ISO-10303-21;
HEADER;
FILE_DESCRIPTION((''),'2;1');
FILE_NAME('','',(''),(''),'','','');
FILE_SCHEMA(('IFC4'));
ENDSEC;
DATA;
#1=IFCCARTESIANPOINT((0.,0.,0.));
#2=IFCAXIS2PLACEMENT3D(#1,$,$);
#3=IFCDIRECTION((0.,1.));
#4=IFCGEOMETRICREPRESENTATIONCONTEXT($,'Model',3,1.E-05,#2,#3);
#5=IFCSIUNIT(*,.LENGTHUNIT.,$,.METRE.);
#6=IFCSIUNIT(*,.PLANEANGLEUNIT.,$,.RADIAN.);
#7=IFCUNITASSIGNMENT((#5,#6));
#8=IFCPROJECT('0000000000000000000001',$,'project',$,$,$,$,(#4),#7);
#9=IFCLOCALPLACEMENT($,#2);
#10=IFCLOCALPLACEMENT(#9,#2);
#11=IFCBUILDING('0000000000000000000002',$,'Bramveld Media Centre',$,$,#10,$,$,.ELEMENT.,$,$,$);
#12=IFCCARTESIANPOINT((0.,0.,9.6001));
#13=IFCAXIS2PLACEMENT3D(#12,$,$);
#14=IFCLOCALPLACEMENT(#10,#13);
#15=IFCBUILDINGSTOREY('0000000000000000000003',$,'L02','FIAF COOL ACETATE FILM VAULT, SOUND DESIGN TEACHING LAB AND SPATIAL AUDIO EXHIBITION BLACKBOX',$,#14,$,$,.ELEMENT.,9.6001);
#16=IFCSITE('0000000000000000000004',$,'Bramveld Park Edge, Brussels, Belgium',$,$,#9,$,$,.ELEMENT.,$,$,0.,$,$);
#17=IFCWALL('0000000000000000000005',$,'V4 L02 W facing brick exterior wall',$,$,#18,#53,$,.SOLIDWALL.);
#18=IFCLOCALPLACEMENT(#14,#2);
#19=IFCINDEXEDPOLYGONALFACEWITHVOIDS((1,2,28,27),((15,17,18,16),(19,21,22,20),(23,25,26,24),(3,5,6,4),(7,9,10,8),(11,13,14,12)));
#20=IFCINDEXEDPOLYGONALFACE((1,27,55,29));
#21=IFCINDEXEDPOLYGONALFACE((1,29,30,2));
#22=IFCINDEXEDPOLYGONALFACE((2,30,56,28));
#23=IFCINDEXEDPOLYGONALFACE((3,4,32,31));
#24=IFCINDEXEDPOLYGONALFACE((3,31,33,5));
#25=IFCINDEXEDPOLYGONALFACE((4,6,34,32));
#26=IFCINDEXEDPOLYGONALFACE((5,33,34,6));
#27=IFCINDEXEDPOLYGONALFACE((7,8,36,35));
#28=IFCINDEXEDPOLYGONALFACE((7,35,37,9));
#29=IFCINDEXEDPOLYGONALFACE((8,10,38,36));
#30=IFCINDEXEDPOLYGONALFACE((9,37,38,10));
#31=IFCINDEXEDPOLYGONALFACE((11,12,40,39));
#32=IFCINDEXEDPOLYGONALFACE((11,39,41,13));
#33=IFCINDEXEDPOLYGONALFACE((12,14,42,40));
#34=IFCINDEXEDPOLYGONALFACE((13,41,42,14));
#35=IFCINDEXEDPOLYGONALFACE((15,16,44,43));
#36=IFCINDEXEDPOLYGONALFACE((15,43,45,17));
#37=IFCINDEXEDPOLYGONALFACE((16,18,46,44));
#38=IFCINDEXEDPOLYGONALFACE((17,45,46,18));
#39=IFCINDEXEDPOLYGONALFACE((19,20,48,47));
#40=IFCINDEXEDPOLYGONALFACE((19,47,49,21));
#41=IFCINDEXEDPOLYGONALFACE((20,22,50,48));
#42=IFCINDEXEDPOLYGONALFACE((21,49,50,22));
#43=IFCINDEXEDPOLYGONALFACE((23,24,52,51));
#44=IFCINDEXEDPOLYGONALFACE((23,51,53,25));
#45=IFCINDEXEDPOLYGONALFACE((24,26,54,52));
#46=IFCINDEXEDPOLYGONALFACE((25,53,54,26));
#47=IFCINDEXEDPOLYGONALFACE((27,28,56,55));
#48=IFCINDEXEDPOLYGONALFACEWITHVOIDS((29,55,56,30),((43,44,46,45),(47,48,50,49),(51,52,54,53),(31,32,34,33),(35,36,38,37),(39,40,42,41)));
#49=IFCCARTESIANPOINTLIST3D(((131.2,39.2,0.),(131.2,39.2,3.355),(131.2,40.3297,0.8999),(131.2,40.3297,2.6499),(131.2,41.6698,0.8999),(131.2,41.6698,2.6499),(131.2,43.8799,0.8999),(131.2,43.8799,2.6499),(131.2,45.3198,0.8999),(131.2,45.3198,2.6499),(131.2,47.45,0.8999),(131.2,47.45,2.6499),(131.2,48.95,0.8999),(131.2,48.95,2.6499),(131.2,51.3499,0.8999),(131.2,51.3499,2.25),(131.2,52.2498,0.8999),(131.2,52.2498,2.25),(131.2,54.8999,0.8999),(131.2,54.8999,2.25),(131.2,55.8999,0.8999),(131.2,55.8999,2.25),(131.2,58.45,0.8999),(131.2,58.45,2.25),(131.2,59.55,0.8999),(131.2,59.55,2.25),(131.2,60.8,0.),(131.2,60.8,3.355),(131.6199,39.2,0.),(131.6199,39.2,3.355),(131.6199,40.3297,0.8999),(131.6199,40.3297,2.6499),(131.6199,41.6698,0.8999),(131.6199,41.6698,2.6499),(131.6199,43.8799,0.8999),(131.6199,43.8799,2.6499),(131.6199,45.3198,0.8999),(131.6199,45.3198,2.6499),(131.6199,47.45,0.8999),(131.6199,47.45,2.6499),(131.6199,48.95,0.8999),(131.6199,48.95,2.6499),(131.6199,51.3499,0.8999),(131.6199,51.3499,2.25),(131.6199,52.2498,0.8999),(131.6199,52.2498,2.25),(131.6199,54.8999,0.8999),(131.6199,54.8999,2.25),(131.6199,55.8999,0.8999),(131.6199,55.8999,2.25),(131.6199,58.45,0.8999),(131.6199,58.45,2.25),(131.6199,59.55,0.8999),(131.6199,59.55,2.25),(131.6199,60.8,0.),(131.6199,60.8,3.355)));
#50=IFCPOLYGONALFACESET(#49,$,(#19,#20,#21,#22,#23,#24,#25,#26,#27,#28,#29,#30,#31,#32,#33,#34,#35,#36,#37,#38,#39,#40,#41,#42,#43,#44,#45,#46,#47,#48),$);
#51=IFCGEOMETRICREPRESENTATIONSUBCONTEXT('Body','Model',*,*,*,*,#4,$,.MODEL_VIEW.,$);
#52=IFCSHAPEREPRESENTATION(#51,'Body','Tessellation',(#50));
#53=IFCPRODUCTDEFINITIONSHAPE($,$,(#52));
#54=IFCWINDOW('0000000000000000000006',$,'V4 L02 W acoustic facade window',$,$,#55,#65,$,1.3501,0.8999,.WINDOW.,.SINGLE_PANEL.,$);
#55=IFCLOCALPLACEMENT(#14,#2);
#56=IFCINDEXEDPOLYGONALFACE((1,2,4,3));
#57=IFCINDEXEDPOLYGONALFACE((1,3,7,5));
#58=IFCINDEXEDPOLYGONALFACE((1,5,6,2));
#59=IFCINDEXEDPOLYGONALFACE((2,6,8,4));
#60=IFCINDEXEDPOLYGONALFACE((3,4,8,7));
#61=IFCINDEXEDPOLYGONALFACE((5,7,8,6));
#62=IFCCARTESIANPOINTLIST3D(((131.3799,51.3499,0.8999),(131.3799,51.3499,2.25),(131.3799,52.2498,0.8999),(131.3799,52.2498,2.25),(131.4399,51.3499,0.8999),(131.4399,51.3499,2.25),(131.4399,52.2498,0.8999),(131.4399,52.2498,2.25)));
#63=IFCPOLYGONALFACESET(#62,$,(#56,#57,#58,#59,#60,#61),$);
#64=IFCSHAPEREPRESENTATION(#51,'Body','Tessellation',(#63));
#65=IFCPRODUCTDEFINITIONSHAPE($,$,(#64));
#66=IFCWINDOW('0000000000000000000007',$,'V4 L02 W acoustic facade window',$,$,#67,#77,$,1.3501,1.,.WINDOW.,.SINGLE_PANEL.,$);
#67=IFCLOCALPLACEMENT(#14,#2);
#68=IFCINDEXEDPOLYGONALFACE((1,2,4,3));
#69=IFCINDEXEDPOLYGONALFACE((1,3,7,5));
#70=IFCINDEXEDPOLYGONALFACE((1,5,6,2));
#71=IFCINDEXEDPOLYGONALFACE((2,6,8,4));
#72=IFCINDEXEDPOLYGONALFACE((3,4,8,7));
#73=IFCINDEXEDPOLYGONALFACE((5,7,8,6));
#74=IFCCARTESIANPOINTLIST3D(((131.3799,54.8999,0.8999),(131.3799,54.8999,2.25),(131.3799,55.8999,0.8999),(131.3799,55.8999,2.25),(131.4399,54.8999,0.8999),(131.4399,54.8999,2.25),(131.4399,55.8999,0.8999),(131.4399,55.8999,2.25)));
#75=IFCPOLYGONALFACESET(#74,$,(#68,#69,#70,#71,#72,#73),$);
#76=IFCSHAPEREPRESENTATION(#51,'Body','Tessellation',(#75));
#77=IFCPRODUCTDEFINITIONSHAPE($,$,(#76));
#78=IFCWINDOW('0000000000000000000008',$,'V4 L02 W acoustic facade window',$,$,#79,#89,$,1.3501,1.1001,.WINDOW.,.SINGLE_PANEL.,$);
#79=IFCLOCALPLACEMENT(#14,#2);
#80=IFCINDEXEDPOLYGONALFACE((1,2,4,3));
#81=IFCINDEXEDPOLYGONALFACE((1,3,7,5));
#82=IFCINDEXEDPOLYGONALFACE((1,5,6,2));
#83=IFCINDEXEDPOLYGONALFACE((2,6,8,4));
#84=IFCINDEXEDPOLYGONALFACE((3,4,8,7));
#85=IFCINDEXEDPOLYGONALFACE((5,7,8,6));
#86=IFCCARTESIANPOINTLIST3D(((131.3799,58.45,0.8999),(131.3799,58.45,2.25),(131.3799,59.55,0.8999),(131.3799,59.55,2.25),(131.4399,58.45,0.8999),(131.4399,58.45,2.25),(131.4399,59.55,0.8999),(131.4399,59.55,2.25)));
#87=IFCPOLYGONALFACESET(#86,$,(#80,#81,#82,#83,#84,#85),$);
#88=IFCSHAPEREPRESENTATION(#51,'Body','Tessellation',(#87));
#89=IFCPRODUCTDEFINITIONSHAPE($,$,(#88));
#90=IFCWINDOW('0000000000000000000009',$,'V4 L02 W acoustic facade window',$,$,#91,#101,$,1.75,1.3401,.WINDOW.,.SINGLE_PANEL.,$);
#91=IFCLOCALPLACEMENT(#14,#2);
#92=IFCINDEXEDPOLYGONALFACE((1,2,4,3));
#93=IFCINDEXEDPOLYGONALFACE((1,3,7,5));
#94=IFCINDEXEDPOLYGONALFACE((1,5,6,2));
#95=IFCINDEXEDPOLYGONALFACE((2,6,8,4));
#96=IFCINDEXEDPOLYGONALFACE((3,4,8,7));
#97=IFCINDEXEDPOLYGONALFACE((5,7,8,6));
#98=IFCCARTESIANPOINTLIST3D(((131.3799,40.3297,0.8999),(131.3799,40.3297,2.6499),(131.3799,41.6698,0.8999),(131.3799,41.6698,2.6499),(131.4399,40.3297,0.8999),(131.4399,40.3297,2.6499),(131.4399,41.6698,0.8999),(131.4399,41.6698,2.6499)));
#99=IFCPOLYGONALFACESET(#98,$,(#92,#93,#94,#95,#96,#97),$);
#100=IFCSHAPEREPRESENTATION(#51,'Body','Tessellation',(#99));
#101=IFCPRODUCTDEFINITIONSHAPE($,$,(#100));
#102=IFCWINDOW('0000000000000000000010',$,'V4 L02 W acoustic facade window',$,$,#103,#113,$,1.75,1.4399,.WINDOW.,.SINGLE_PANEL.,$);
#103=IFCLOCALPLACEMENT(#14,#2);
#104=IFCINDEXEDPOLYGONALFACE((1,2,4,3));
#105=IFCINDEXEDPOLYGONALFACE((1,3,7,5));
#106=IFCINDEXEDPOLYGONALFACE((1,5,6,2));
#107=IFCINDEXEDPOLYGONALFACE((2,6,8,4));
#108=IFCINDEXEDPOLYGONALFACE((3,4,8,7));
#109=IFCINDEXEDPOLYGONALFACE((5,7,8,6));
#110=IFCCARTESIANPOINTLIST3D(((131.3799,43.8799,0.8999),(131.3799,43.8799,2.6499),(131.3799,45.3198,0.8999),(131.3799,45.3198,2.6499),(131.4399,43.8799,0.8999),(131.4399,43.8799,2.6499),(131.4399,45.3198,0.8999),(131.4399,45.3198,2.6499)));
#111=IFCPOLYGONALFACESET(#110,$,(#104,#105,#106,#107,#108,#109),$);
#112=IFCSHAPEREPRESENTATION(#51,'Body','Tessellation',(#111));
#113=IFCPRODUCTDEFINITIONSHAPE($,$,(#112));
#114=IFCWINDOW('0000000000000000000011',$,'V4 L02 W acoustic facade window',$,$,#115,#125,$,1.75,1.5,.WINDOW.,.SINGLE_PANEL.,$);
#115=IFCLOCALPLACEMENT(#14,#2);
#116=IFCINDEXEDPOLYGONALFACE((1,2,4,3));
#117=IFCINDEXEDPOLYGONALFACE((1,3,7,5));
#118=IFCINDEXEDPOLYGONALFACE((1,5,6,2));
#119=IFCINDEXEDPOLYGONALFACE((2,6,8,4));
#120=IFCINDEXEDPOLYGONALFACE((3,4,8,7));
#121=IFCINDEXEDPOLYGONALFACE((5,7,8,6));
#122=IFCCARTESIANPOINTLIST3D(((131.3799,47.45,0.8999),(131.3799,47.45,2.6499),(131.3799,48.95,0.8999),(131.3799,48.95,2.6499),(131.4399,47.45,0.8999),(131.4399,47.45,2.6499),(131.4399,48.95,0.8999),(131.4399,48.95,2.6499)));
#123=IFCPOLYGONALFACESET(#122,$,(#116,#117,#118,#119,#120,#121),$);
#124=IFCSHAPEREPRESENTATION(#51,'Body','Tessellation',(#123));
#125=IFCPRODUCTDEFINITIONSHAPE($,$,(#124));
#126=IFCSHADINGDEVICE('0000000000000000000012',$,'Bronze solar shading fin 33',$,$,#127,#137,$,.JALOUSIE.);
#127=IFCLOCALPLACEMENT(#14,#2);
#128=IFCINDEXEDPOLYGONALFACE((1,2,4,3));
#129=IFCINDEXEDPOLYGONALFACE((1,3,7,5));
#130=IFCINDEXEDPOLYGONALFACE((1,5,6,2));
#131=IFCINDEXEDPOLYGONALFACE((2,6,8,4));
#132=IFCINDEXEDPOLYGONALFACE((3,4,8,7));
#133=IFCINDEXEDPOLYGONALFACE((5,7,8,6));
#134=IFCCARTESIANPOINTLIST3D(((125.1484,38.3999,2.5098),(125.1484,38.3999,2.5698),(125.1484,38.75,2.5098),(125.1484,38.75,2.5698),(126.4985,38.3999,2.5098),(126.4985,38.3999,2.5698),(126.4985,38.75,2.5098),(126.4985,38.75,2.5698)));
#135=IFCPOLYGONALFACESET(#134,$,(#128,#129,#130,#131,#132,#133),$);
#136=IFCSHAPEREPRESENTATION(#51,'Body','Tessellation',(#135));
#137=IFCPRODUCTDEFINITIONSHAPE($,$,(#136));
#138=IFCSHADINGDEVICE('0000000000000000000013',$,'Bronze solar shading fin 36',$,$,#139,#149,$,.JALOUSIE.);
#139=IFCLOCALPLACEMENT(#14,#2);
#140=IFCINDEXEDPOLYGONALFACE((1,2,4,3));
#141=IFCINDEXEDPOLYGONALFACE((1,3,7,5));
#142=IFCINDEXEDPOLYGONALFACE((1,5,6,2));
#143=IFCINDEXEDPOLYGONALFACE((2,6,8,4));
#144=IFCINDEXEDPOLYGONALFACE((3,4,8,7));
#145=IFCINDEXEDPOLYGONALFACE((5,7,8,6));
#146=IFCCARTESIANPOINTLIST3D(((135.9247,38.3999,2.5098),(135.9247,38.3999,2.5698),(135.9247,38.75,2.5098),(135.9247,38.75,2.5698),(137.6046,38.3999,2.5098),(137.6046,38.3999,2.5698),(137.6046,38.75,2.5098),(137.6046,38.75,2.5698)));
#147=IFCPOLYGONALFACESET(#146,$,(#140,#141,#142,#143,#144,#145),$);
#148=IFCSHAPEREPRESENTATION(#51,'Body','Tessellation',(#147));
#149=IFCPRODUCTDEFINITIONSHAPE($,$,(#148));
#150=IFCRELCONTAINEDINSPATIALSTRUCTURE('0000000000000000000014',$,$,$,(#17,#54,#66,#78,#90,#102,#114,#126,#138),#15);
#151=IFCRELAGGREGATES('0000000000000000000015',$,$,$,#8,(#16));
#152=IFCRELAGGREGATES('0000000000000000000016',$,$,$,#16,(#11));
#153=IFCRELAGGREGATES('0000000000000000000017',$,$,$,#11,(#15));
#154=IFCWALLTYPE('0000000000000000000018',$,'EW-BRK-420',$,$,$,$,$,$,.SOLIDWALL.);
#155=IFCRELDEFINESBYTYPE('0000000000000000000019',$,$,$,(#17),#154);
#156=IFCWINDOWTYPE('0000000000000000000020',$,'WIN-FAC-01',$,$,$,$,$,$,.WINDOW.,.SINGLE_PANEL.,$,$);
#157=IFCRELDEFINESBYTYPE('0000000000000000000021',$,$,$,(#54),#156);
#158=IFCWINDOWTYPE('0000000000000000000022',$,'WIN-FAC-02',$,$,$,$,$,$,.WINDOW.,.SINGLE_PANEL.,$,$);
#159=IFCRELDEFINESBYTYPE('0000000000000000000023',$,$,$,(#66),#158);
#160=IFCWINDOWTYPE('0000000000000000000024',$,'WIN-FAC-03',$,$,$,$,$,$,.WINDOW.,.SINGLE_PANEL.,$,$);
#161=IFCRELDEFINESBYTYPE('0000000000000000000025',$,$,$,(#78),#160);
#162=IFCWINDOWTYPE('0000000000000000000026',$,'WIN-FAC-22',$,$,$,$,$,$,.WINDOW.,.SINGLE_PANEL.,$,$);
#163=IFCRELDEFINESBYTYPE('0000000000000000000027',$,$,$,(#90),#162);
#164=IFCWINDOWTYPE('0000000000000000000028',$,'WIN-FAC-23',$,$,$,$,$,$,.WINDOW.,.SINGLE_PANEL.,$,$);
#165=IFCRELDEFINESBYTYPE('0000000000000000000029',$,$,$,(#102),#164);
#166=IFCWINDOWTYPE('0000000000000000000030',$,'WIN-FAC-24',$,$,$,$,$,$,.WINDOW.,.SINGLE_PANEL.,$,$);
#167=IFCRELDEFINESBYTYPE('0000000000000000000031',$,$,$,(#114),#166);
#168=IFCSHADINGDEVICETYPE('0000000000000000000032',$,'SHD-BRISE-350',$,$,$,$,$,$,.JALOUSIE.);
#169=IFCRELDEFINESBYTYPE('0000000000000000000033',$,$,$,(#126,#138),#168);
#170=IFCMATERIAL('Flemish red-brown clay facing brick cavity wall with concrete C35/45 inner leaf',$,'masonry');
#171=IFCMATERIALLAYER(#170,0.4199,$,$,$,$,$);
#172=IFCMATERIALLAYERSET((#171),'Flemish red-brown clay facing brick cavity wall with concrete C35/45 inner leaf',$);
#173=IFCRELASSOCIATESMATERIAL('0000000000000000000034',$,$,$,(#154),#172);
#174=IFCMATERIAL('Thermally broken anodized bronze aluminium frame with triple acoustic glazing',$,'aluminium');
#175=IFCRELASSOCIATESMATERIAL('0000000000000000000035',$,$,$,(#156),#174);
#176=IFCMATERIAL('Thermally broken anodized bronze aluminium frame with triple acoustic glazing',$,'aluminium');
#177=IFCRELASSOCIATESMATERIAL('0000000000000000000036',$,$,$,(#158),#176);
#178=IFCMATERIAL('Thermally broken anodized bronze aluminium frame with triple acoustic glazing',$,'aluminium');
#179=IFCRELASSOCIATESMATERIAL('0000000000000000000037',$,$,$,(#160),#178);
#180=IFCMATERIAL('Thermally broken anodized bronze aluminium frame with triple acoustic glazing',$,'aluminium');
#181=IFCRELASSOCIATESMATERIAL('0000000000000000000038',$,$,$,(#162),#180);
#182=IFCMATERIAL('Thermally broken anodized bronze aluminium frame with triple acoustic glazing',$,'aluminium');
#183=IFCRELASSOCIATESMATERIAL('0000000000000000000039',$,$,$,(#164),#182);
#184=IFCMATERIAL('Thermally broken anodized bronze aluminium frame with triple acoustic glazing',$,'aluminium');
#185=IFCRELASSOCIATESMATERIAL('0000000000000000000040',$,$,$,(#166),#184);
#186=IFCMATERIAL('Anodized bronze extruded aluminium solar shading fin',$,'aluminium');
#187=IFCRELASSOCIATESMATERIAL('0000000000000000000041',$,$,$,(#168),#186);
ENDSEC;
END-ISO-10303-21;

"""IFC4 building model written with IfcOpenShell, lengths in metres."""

from ifc_helpers import new_model, si_unit, direction, frame, frame_2d, origin, origin_2d, place, context, subcontext, project, spatial, rectangle, extrude, material, layer, layer_set, type_object, element, fill, save


model = new_model("IFC4")

# Units and contexts
model_context = context("Model", 3, precision=1e-05, world=origin(), true_north=direction((0.0, 1.0)))
body_context = subcontext(model_context, "Body", "Model", "MODEL_VIEW")
ifc_project = project(units=[si_unit("LENGTHUNIT", "METRE"), si_unit("PLANEANGLEUNIT", "RADIAN")], contexts=[model_context])

# Site, building, storey
site_placement = place(None, origin())
site = spatial("IfcSite", under=ifc_project, at=site_placement, Name="Bramveld Park Edge, Brussels, Belgium", CompositionType="ELEMENT", RefElevation=0.0)
building_placement = place(site_placement, origin())
building = spatial("IfcBuilding", under=site, at=building_placement, Name="Bramveld Media Centre", CompositionType="ELEMENT")
storey_placement = place(building_placement, frame((0.0, 0.0, 9.6001)))
storey = spatial("IfcBuildingStorey", under=building, at=storey_placement, Name="L02", Description="FIAF COOL ACETATE FILM VAULT, SOUND DESIGN TEACHING LAB AND SPATIAL AUDIO EXHIBITION BLACKBOX", CompositionType="ELEMENT", Elevation=9.6001)

# Wall, openings, windows
ifc_material_1 = material(Name="Flemish red-brown clay facing brick cavity wall with concrete C35/45 inner leaf", Category="masonry")
ifc_layer_1 = layer(ifc_material_1, 0.4199)
ifc_layer_set_1 = layer_set([ifc_layer_1], Name="Flemish red-brown clay facing brick cavity wall with concrete C35/45 inner leaf")
wall_type_1 = type_object("IfcWallType", Name="EW-BRK-420", PredefinedType="SOLIDWALL", material=ifc_layer_set_1)
wall_1_placement = place(storey_placement, frame((131.4099, 39.2, 0.0), z_axis=(0.0, 0.0, 1.0), x_axis=(0.0, 1.0, 0.0)))
wall_1 = element("IfcWall", 1, at=wall_1_placement, inside=storey, type_object=wall_type_1, Name="V4 L02 W facing brick exterior wall", PredefinedType="SOLIDWALL", context=body_context, shape_type="SweptSolid", body=[
    extrude(rectangle(XDim=21.6001, YDim=0.4199, at=frame_2d((10.8, 0.0))), origin(), (0.0, 0.0, 1.0), 3.355),
])
opening_1_placement = place(wall_1_placement, frame((1.1299, 0.0, 0.8999)))
opening_1 = element("IfcOpeningElement", 2, at=opening_1_placement, cuts=wall_1, PredefinedType="OPENING", context=body_context, shape_type="SweptSolid", body=[
    extrude(rectangle(XDim=1.3401, YDim=1.75, at=frame_2d((0.6699, 0.875))), frame((0.0, 0.2219, 0.0), z_axis=(0.0, -1.0, 0.0), x_axis=(1.0, 0.0, 0.0)), (0.0, 0.0, 1.0), 0.4438),
])
opening_2_placement = place(wall_1_placement, frame((4.6799, 0.0, 0.8999)))
opening_2 = element("IfcOpeningElement", 3, at=opening_2_placement, cuts=wall_1, PredefinedType="OPENING", context=body_context, shape_type="SweptSolid", body=[
    extrude(rectangle(XDim=1.4399, YDim=1.75, at=frame_2d((0.72, 0.875))), frame((0.0, 0.2219, 0.0), z_axis=(0.0, -1.0, 0.0), x_axis=(1.0, 0.0, 0.0)), (0.0, 0.0, 1.0), 0.4438),
])
opening_3_placement = place(wall_1_placement, frame((8.25, 0.0, 0.8999)))
opening_3 = element("IfcOpeningElement", 4, at=opening_3_placement, cuts=wall_1, PredefinedType="OPENING", context=body_context, shape_type="SweptSolid", body=[
    extrude(rectangle(XDim=1.5, YDim=1.75, at=frame_2d((0.75, 0.875))), frame((0.0, 0.2219, 0.0), z_axis=(0.0, -1.0, 0.0), x_axis=(1.0, 0.0, 0.0)), (0.0, 0.0, 1.0), 0.4438),
])
opening_4_placement = place(wall_1_placement, frame((12.1499, 0.0, 0.8999)))
opening_4 = element("IfcOpeningElement", 5, at=opening_4_placement, cuts=wall_1, PredefinedType="OPENING", context=body_context, shape_type="SweptSolid", body=[
    extrude(rectangle(XDim=0.8999, YDim=1.3501, at=frame_2d((0.45, 0.675))), frame((0.0, 0.2219, 0.0), z_axis=(0.0, -1.0, 0.0), x_axis=(1.0, 0.0, 0.0)), (0.0, 0.0, 1.0), 0.4438),
])
opening_5_placement = place(wall_1_placement, frame((15.7, 0.0, 0.8999)))
opening_5 = element("IfcOpeningElement", 6, at=opening_5_placement, cuts=wall_1, PredefinedType="OPENING", context=body_context, shape_type="SweptSolid", body=[
    extrude(rectangle(XDim=1.0, YDim=1.3501, at=frame_2d((0.5, 0.675))), frame((0.0, 0.2219, 0.0), z_axis=(0.0, -1.0, 0.0), x_axis=(1.0, 0.0, 0.0)), (0.0, 0.0, 1.0), 0.4438),
])
opening_6_placement = place(wall_1_placement, frame((19.25, 0.0, 0.8999)))
opening_6 = element("IfcOpeningElement", 7, at=opening_6_placement, cuts=wall_1, PredefinedType="OPENING", context=body_context, shape_type="SweptSolid", body=[
    extrude(rectangle(XDim=1.1001, YDim=1.3501, at=frame_2d((0.55, 0.675))), frame((0.0, 0.2219, 0.0), z_axis=(0.0, -1.0, 0.0), x_axis=(1.0, 0.0, 0.0)), (0.0, 0.0, 1.0), 0.4438),
])
ifc_material_2 = material(Name="Thermally broken anodized bronze aluminium frame with triple acoustic glazing", Category="aluminium")
window_type_1 = type_object("IfcWindowType", Name="WIN-FAC-01", PartitioningType="SINGLE_PANEL", PredefinedType="WINDOW", material=ifc_material_2)
window_1_placement = place(opening_4_placement, origin())
window_1 = element("IfcWindow", 8, at=window_1_placement, inside=storey, type_object=window_type_1, Name="V4 L02 W acoustic facade window", OverallHeight=1.3501, OverallWidth=0.8999, PartitioningType="SINGLE_PANEL", PredefinedType="WINDOW", context=body_context, shape_type="SweptSolid", body=[
    extrude(rectangle(XDim=0.8999, YDim=1.3501, at=frame_2d((0.45, 0.675))), frame((0.0, 0.03, 0.0), z_axis=(0.0, -1.0, 0.0), x_axis=(1.0, 0.0, 0.0)), (0.0, 0.0, 1.0), 0.0601),
])
fill(opening_4, window_1)
ifc_material_3 = material(Name="Thermally broken anodized bronze aluminium frame with triple acoustic glazing", Category="aluminium")
window_type_2 = type_object("IfcWindowType", Name="WIN-FAC-02", PartitioningType="SINGLE_PANEL", PredefinedType="WINDOW", material=ifc_material_3)
window_2_placement = place(opening_5_placement, origin())
window_2 = element("IfcWindow", 9, at=window_2_placement, inside=storey, type_object=window_type_2, Name="V4 L02 W acoustic facade window", OverallHeight=1.3501, OverallWidth=1.0, PartitioningType="SINGLE_PANEL", PredefinedType="WINDOW", context=body_context, shape_type="SweptSolid", body=[
    extrude(rectangle(XDim=1.0, YDim=1.3501, at=frame_2d((0.5, 0.675))), frame((0.0, 0.03, 0.0), z_axis=(0.0, -1.0, 0.0), x_axis=(1.0, 0.0, 0.0)), (0.0, 0.0, 1.0), 0.0601),
])
fill(opening_5, window_2)
ifc_material_4 = material(Name="Thermally broken anodized bronze aluminium frame with triple acoustic glazing", Category="aluminium")
window_type_3 = type_object("IfcWindowType", Name="WIN-FAC-03", PartitioningType="SINGLE_PANEL", PredefinedType="WINDOW", material=ifc_material_4)
window_3_placement = place(opening_6_placement, origin())
window_3 = element("IfcWindow", 10, at=window_3_placement, inside=storey, type_object=window_type_3, Name="V4 L02 W acoustic facade window", OverallHeight=1.3501, OverallWidth=1.1001, PartitioningType="SINGLE_PANEL", PredefinedType="WINDOW", context=body_context, shape_type="SweptSolid", body=[
    extrude(rectangle(XDim=1.1001, YDim=1.3501, at=frame_2d((0.55, 0.675))), frame((0.0, 0.03, 0.0), z_axis=(0.0, -1.0, 0.0), x_axis=(1.0, 0.0, 0.0)), (0.0, 0.0, 1.0), 0.0601),
])
fill(opening_6, window_3)
ifc_material_5 = material(Name="Thermally broken anodized bronze aluminium frame with triple acoustic glazing", Category="aluminium")
window_type_4 = type_object("IfcWindowType", Name="WIN-FAC-22", PartitioningType="SINGLE_PANEL", PredefinedType="WINDOW", material=ifc_material_5)
window_4_placement = place(opening_1_placement, origin())
window_4 = element("IfcWindow", 11, at=window_4_placement, inside=storey, type_object=window_type_4, Name="V4 L02 W acoustic facade window", OverallHeight=1.75, OverallWidth=1.3401, PartitioningType="SINGLE_PANEL", PredefinedType="WINDOW", context=body_context, shape_type="SweptSolid", body=[
    extrude(rectangle(XDim=1.3401, YDim=1.75, at=frame_2d((0.6699, 0.875))), frame((0.0, 0.03, 0.0), z_axis=(0.0, -1.0, 0.0), x_axis=(1.0, 0.0, 0.0)), (0.0, 0.0, 1.0), 0.0601),
])
fill(opening_1, window_4)
ifc_material_6 = material(Name="Thermally broken anodized bronze aluminium frame with triple acoustic glazing", Category="aluminium")
window_type_5 = type_object("IfcWindowType", Name="WIN-FAC-23", PartitioningType="SINGLE_PANEL", PredefinedType="WINDOW", material=ifc_material_6)
window_5_placement = place(opening_2_placement, origin())
window_5 = element("IfcWindow", 12, at=window_5_placement, inside=storey, type_object=window_type_5, Name="V4 L02 W acoustic facade window", OverallHeight=1.75, OverallWidth=1.4399, PartitioningType="SINGLE_PANEL", PredefinedType="WINDOW", context=body_context, shape_type="SweptSolid", body=[
    extrude(rectangle(XDim=1.4399, YDim=1.75, at=frame_2d((0.72, 0.875))), frame((0.0, 0.03, 0.0), z_axis=(0.0, -1.0, 0.0), x_axis=(1.0, 0.0, 0.0)), (0.0, 0.0, 1.0), 0.0601),
])
fill(opening_2, window_5)
ifc_material_7 = material(Name="Thermally broken anodized bronze aluminium frame with triple acoustic glazing", Category="aluminium")
window_type_6 = type_object("IfcWindowType", Name="WIN-FAC-24", PartitioningType="SINGLE_PANEL", PredefinedType="WINDOW", material=ifc_material_7)
window_6_placement = place(opening_3_placement, origin())
window_6 = element("IfcWindow", 13, at=window_6_placement, inside=storey, type_object=window_type_6, Name="V4 L02 W acoustic facade window", OverallHeight=1.75, OverallWidth=1.5, PartitioningType="SINGLE_PANEL", PredefinedType="WINDOW", context=body_context, shape_type="SweptSolid", body=[
    extrude(rectangle(XDim=1.5, YDim=1.75, at=frame_2d((0.75, 0.875))), frame((0.0, 0.03, 0.0), z_axis=(0.0, -1.0, 0.0), x_axis=(1.0, 0.0, 0.0)), (0.0, 0.0, 1.0), 0.0601),
])
fill(opening_3, window_6)

# Shading devices
ifc_material_8 = material(Name="Anodized bronze extruded aluminium solar shading fin", Category="aluminium")
shading_device_type_1 = type_object("IfcShadingDeviceType", Name="SHD-BRISE-350", PredefinedType="JALOUSIE", material=ifc_material_8)
shading_device_1_placement = place(storey_placement, frame((125.8235, 38.575, 2.5098), z_axis=(0.0, 0.0, 1.0), x_axis=(1.0, 0.0, 0.0)))
element("IfcShadingDevice", 14, at=shading_device_1_placement, inside=storey, type_object=shading_device_type_1, Name="Bronze solar shading fin 33", PredefinedType="JALOUSIE", context=body_context, shape_type="SweptSolid", body=[
    extrude(rectangle(XDim=1.3501, YDim=0.3501, at=origin_2d()), origin(), (0.0, 0.0, 1.0), 0.0601),
])
shading_device_2_placement = place(storey_placement, frame((136.7646, 38.575, 2.5098), z_axis=(0.0, 0.0, 1.0), x_axis=(1.0, 0.0, 0.0)))
element("IfcShadingDevice", 15, at=shading_device_2_placement, inside=storey, type_object=shading_device_type_1, Name="Bronze solar shading fin 36", PredefinedType="JALOUSIE", context=body_context, shape_type="SweptSolid", body=[
    extrude(rectangle(XDim=1.6799, YDim=0.3501, at=origin_2d()), origin(), (0.0, 0.0, 1.0), 0.0601),
])

save(model, "model.ifc")
